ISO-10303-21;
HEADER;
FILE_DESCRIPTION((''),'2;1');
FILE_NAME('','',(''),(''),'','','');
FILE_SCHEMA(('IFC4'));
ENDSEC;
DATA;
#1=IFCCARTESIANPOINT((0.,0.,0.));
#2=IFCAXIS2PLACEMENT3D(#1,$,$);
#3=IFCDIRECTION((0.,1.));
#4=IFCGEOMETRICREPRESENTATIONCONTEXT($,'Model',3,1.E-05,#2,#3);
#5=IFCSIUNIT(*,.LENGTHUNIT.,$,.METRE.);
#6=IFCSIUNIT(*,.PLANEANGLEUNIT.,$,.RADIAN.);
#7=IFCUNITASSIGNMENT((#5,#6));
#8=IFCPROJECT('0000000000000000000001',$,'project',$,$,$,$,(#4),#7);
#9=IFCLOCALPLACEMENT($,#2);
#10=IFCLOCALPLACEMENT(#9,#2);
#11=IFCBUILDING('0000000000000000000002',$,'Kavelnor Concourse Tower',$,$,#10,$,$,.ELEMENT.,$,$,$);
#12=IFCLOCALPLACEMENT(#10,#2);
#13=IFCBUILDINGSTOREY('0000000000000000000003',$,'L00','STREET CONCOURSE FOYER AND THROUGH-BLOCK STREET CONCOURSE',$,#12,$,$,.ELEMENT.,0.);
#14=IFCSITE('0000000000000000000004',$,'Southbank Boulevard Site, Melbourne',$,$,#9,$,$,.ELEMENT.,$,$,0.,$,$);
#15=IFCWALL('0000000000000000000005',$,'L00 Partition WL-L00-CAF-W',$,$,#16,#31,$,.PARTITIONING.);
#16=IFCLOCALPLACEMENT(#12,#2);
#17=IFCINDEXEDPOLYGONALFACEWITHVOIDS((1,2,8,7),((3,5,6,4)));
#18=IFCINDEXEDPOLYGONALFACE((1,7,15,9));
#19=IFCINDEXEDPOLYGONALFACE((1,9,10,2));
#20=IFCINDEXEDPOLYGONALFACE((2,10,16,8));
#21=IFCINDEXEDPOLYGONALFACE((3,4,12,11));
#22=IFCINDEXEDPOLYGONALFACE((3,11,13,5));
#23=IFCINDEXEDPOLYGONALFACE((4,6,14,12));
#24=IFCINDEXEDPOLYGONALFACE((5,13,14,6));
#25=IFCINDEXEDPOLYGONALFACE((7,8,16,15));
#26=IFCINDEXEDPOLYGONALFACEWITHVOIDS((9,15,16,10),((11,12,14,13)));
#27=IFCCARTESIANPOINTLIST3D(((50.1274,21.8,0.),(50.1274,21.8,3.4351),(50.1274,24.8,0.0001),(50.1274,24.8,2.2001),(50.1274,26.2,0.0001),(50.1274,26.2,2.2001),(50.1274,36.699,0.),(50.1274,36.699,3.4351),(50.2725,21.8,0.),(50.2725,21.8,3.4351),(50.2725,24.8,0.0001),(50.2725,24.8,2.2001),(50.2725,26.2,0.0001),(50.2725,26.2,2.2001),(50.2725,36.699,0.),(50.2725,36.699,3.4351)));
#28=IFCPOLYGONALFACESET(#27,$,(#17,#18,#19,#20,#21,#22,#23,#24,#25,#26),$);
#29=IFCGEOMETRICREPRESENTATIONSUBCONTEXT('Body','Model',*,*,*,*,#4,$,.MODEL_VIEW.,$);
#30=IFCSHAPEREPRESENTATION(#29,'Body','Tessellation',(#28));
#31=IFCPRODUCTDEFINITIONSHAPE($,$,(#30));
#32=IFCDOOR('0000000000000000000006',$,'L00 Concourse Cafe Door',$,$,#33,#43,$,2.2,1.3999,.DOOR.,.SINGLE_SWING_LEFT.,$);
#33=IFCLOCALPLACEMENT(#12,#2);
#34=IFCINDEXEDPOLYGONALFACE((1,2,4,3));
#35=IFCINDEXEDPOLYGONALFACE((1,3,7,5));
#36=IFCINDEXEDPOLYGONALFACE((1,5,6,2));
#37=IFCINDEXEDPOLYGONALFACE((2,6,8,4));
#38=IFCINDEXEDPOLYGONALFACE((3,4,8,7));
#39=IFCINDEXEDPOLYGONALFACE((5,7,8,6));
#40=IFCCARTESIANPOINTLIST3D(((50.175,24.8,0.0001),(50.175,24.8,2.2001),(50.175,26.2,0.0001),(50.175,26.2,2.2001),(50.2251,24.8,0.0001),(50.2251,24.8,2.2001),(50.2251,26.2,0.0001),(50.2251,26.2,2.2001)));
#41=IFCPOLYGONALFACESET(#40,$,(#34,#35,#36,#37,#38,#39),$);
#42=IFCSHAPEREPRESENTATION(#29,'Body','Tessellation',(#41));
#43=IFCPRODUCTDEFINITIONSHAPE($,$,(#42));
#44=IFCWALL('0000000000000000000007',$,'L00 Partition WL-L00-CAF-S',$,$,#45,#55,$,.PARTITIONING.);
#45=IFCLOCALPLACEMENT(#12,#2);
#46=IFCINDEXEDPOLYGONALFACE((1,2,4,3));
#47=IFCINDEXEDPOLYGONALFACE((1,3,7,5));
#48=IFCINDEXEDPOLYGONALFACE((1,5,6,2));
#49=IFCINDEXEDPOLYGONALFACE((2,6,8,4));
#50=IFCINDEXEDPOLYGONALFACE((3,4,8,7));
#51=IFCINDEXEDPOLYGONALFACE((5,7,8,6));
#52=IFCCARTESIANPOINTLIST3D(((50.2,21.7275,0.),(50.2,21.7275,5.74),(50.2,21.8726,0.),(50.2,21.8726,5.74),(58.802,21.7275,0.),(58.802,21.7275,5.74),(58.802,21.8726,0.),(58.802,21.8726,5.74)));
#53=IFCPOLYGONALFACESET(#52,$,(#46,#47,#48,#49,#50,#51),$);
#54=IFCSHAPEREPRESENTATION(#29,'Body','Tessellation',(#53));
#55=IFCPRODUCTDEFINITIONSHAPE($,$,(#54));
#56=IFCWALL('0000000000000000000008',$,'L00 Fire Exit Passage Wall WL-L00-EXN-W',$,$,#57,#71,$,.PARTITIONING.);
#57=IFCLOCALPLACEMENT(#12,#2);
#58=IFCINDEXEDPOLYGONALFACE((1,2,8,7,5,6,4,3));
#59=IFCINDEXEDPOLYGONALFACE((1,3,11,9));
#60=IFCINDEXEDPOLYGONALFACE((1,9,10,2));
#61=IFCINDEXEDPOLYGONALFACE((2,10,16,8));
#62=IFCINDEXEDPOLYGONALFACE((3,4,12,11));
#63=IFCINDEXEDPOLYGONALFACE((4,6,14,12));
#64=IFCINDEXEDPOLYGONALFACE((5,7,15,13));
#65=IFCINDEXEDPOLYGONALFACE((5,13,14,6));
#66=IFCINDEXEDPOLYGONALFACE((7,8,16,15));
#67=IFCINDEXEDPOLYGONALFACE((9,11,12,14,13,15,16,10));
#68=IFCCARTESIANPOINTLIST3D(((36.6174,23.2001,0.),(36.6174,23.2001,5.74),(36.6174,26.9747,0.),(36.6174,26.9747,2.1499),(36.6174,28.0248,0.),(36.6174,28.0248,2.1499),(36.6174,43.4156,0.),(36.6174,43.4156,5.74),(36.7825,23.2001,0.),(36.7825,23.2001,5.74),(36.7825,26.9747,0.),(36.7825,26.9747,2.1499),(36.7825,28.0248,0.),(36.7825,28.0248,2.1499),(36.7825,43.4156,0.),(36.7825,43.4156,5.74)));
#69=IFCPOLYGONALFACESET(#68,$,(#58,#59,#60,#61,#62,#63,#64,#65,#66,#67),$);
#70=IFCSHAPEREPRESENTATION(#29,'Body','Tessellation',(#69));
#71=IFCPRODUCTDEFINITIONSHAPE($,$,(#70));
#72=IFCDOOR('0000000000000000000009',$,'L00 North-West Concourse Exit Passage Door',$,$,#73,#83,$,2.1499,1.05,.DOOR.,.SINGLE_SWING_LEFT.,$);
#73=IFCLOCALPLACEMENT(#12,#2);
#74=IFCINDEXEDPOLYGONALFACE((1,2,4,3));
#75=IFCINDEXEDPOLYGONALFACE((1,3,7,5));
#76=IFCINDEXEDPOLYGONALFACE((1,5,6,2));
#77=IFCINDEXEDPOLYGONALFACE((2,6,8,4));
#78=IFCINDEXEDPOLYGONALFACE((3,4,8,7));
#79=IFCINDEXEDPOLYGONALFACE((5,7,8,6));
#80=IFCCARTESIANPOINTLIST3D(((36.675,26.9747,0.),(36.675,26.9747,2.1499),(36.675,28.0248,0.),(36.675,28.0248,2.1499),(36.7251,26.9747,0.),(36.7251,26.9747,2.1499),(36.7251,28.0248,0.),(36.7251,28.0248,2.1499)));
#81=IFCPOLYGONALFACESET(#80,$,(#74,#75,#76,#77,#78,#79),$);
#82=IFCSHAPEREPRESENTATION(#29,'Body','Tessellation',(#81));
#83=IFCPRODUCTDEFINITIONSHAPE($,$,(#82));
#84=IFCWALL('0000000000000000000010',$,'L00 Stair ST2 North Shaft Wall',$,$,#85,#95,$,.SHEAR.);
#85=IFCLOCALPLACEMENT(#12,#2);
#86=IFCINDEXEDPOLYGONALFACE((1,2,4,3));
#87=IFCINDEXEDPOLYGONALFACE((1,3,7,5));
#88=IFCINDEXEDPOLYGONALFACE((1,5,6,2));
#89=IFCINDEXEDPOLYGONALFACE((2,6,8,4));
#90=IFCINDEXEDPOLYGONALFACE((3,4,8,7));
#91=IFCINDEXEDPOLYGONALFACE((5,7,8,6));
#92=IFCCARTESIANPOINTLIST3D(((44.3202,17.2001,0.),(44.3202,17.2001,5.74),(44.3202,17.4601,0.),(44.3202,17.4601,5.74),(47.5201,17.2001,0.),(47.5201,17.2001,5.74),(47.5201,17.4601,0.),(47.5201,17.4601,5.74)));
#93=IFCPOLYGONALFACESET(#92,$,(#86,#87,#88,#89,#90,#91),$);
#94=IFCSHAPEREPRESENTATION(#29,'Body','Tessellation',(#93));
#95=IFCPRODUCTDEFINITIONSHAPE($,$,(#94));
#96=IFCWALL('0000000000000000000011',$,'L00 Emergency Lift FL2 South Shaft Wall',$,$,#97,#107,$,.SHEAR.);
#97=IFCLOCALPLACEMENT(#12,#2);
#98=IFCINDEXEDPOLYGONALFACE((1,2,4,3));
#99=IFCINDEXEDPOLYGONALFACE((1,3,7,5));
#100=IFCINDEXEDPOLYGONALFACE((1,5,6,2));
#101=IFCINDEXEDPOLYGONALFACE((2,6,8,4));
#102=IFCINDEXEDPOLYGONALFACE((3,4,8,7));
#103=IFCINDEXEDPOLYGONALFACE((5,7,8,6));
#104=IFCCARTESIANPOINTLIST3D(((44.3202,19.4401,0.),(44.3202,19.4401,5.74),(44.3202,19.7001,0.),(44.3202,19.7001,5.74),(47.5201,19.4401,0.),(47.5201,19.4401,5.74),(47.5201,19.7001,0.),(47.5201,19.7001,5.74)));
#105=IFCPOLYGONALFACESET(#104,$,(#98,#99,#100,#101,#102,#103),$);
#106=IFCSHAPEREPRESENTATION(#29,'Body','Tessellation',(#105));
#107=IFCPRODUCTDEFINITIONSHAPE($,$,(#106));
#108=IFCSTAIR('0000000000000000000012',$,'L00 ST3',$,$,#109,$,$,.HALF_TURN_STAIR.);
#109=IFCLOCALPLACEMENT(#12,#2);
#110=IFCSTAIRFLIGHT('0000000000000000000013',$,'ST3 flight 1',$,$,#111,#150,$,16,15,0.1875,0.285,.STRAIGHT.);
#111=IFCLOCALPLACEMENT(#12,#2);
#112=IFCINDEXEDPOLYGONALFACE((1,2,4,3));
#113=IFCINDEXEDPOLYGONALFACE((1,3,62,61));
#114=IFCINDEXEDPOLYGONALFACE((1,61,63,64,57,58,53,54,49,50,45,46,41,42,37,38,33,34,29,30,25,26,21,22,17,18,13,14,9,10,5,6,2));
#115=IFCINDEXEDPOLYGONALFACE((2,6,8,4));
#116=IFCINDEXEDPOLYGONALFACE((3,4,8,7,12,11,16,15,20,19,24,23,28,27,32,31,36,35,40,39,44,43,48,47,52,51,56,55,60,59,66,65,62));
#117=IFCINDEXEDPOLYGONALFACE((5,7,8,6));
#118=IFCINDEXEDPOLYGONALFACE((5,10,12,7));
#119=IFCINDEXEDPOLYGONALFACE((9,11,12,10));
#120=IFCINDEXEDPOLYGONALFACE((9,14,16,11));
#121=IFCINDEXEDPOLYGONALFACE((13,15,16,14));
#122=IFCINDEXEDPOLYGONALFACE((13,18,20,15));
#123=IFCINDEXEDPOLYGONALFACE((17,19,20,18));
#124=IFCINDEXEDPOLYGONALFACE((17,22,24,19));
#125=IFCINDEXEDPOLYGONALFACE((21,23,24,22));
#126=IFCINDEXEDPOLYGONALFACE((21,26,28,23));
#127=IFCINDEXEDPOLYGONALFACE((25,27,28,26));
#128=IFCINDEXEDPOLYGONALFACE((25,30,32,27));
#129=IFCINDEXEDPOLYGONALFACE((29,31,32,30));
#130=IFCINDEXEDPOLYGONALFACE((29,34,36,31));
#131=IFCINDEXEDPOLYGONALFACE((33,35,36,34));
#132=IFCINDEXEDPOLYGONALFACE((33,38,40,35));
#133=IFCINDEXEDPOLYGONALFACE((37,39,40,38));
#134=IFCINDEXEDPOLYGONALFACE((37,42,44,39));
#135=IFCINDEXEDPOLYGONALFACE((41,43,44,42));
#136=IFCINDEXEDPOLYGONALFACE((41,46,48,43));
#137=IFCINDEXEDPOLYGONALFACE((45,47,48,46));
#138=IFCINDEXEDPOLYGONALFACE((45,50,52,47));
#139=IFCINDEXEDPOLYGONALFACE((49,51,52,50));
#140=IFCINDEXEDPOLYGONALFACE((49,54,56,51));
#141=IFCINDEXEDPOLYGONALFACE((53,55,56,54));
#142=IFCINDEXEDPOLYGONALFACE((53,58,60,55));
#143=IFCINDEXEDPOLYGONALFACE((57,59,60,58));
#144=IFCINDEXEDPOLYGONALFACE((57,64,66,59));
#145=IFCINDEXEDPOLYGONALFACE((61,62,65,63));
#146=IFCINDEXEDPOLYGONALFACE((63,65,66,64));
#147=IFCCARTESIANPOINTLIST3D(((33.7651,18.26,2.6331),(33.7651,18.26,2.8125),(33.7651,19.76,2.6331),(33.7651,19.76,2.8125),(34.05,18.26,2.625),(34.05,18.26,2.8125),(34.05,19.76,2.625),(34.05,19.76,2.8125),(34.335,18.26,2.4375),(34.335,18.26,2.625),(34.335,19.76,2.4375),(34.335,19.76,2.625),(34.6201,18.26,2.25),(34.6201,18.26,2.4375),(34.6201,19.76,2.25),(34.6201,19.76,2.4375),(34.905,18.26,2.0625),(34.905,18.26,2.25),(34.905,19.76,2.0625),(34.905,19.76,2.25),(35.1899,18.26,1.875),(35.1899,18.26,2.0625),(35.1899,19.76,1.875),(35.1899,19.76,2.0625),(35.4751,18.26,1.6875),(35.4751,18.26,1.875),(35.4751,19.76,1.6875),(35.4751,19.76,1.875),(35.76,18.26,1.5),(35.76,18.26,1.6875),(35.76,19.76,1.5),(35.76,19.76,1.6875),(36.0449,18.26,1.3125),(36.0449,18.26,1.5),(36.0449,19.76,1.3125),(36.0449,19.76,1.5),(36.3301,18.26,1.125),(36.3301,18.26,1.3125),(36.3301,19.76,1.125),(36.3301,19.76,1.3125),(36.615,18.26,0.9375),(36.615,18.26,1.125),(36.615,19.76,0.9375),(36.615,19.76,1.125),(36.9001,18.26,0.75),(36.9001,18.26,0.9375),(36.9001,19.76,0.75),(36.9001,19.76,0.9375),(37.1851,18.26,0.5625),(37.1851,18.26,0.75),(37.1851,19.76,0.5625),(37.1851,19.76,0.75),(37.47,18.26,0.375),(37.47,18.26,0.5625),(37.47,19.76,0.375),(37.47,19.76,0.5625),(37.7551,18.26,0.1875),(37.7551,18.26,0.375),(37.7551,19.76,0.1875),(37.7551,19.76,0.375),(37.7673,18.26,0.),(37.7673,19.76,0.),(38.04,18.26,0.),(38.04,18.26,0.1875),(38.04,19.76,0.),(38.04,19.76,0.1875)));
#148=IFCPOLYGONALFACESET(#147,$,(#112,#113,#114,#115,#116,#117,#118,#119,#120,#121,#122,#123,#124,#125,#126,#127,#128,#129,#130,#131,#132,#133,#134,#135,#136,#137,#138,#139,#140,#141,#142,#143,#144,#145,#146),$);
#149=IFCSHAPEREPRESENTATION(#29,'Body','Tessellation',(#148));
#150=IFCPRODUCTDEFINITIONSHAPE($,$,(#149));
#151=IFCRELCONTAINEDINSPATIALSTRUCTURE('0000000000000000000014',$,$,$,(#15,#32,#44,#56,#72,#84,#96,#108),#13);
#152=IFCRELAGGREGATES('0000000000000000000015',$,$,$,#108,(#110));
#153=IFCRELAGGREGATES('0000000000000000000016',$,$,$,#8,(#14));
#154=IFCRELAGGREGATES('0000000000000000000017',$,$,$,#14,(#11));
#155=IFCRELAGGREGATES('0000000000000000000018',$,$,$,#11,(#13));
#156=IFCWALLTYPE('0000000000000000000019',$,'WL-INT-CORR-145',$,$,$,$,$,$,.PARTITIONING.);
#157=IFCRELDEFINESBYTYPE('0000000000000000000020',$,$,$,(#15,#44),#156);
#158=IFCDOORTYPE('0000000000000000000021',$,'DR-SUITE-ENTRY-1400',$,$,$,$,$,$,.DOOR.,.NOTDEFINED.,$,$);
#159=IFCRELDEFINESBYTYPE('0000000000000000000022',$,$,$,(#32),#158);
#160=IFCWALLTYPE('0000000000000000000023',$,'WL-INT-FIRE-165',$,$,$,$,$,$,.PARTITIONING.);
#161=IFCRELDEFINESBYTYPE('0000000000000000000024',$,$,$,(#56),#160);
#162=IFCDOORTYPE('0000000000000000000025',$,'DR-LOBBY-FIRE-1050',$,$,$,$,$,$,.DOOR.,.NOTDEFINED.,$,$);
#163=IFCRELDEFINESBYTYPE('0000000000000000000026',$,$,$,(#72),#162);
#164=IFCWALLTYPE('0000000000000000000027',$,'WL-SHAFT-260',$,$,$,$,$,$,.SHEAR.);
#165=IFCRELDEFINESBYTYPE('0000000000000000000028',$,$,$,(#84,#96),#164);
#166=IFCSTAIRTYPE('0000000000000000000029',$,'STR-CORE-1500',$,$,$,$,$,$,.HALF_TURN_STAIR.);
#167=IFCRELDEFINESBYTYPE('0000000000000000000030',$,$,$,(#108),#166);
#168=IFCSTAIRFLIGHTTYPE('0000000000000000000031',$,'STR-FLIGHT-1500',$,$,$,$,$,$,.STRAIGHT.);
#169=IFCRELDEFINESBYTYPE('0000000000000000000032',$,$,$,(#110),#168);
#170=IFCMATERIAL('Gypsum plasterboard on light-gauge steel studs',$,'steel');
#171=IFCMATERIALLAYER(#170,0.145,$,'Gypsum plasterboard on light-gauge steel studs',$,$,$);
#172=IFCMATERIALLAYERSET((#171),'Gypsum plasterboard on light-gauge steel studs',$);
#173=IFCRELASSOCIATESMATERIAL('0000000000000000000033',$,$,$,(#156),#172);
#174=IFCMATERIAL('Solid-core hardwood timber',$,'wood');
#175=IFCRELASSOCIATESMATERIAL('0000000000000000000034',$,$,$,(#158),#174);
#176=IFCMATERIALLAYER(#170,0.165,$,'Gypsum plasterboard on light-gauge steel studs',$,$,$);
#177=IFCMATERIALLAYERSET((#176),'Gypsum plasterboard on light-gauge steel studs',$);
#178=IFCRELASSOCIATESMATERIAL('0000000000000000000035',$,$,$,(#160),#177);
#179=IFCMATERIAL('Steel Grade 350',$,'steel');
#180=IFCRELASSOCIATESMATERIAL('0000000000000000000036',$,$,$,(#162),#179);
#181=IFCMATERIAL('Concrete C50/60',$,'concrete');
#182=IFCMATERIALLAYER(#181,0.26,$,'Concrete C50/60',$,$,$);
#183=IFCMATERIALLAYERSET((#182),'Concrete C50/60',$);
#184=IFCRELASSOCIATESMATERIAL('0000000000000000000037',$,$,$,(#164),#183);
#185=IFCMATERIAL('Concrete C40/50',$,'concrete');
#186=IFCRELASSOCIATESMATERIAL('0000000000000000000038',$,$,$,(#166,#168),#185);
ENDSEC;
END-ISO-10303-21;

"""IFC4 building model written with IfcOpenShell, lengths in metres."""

from ifc_helpers import new_model, si_unit, direction, frame, frame_2d, origin, place, context, subcontext, project, spatial, polyline, rectangle, outline, extrude, material, layer, layer_set, type_object, element, fill, aggregate, save


model = new_model("IFC4")

# Units and contexts
model_context = context("Model", 3, precision=1e-05, world=origin(), true_north=direction((0.0, 1.0)))
body_context = subcontext(model_context, "Body", "Model", "MODEL_VIEW")
ifc_project = project(units=[si_unit("LENGTHUNIT", "METRE"), si_unit("PLANEANGLEUNIT", "RADIAN")], contexts=[model_context])

# Site, building, storey
site_placement = place(None, origin())
site = spatial("IfcSite", under=ifc_project, at=site_placement, Name="Southbank Boulevard Site, Melbourne", CompositionType="ELEMENT", RefElevation=0.0)
building_placement = place(site_placement, origin())
building = spatial("IfcBuilding", under=site, at=building_placement, Name="Kavelnor Concourse Tower", CompositionType="ELEMENT")
storey_placement = place(building_placement, origin())
storey = spatial("IfcBuildingStorey", under=building, at=storey_placement, Name="L00", Description="STREET CONCOURSE FOYER AND THROUGH-BLOCK STREET CONCOURSE", CompositionType="ELEMENT", Elevation=0.0)

# Shared definitions
ifc_material_1 = material(Name="Steel Grade 350", Category="steel")

# Wall, opening, door
ifc_material_2 = material(Name="Gypsum plasterboard on light-gauge steel studs", Category="steel")
ifc_layer_1 = layer(ifc_material_2, 0.145, Name="Gypsum plasterboard on light-gauge steel studs")
ifc_layer_set_1 = layer_set([ifc_layer_1], Name="Gypsum plasterboard on light-gauge steel studs")
wall_type_1 = type_object("IfcWallType", Name="WL-INT-CORR-145", PredefinedType="PARTITIONING", material=ifc_layer_set_1)
wall_1_placement = place(storey_placement, frame((50.2, 21.8, 0.0), z_axis=(0.0, 0.0, 1.0), x_axis=(0.0, 1.0, 0.0)))
wall_1 = element("IfcWall", 1, at=wall_1_placement, inside=storey, type_object=wall_type_1, Name="L00 Partition WL-L00-CAF-W", PredefinedType="PARTITIONING", context=body_context, shape_type="SweptSolid", body=[
    extrude(rectangle(XDim=14.8989, YDim=0.145, at=frame_2d((7.4495, 0.0))), origin(), (0.0, 0.0, 1.0), 3.4351),
])
opening_1_placement = place(wall_1_placement, frame((3.0, 0.0, 0.0)))
opening_1 = element("IfcOpeningElement", 2, at=opening_1_placement, cuts=wall_1, PredefinedType="OPENING", context=body_context, shape_type="SweptSolid", body=[
    extrude(rectangle(XDim=1.3999, YDim=2.2, at=frame_2d((0.7, 1.1001))), frame((0.0, 0.0825, 0.0), z_axis=(0.0, -1.0, 0.0), x_axis=(1.0, 0.0, 0.0)), (0.0, 0.0, 1.0), 0.165),
])
ifc_material_3 = material(Name="Solid-core hardwood timber", Category="wood")
door_type_1 = type_object("IfcDoorType", Name="DR-SUITE-ENTRY-1400", OperationType="NOTDEFINED", PredefinedType="DOOR", material=ifc_material_3)
door_1_placement = place(opening_1_placement, origin())
door_1 = element("IfcDoor", 3, at=door_1_placement, inside=storey, type_object=door_type_1, Name="L00 Concourse Cafe Door", OperationType="SINGLE_SWING_LEFT", OverallHeight=2.2, OverallWidth=1.3999, PredefinedType="DOOR", context=body_context, shape_type="SweptSolid", body=[
    extrude(rectangle(XDim=1.3999, YDim=2.2, at=frame_2d((0.7, 1.1001))), frame((0.0, 0.0249, 0.0), z_axis=(0.0, -1.0, 0.0), x_axis=(1.0, 0.0, 0.0)), (0.0, 0.0, 1.0), 0.05),
])
fill(opening_1, door_1)

# Wall
wall_2_placement = place(storey_placement, frame((50.2, 21.8, 0.0), z_axis=(0.0, 0.0, 1.0), x_axis=(1.0, 0.0, 0.0)))
element("IfcWall", 4, at=wall_2_placement, inside=storey, type_object=wall_type_1, Name="L00 Partition WL-L00-CAF-S", PredefinedType="PARTITIONING", context=body_context, shape_type="SweptSolid", body=[
    extrude(rectangle(XDim=8.6021, YDim=0.145, at=frame_2d((4.301, 0.0))), origin(), (0.0, 0.0, 1.0), 5.74),
])

# Wall, opening, door
ifc_layer_2 = layer(ifc_material_2, 0.165, Name="Gypsum plasterboard on light-gauge steel studs")
ifc_layer_set_2 = layer_set([ifc_layer_2], Name="Gypsum plasterboard on light-gauge steel studs")
wall_type_2 = type_object("IfcWallType", Name="WL-INT-FIRE-165", PredefinedType="PARTITIONING", material=ifc_layer_set_2)
wall_3_placement = place(storey_placement, frame((36.7, 23.2, 0.0), z_axis=(0.0, 0.0, 1.0), x_axis=(0.0, 1.0, 0.0)))
wall_3 = element("IfcWall", 5, at=wall_3_placement, inside=storey, type_object=wall_type_2, Name="L00 Fire Exit Passage Wall WL-L00-EXN-W", PredefinedType="PARTITIONING", context=body_context, shape_type="SweptSolid", body=[
    extrude(rectangle(XDim=20.2156, YDim=0.165, at=frame_2d((10.1079, 0.0))), origin(), (0.0, 0.0, 1.0), 5.74),
])
opening_2_placement = place(wall_3_placement, frame((3.7749, 0.0, 0.0)))
opening_2 = element("IfcOpeningElement", 6, at=opening_2_placement, cuts=wall_3, PredefinedType="OPENING", context=body_context, shape_type="SweptSolid", body=[
    extrude(rectangle(XDim=1.05, YDim=2.1499, at=frame_2d((0.5249, 1.075))), frame((0.0, 0.0925, 0.0), z_axis=(0.0, -1.0, 0.0), x_axis=(1.0, 0.0, 0.0)), (0.0, 0.0, 1.0), 0.1851),
])
door_type_2 = type_object("IfcDoorType", Name="DR-LOBBY-FIRE-1050", OperationType="NOTDEFINED", PredefinedType="DOOR", material=ifc_material_1)
door_2_placement = place(opening_2_placement, origin())
door_2 = element("IfcDoor", 7, at=door_2_placement, inside=storey, type_object=door_type_2, Name="L00 North-West Concourse Exit Passage Door", OperationType="SINGLE_SWING_LEFT", OverallHeight=2.1499, OverallWidth=1.05, PredefinedType="DOOR", context=body_context, shape_type="SweptSolid", body=[
    extrude(rectangle(XDim=1.05, YDim=2.1499, at=frame_2d((0.5249, 1.075))), frame((0.0, 0.0249, 0.0), z_axis=(0.0, -1.0, 0.0), x_axis=(1.0, 0.0, 0.0)), (0.0, 0.0, 1.0), 0.05),
])
fill(opening_2, door_2)

# Walls
ifc_material_4 = material(Name="Concrete C50/60", Category="concrete")
ifc_layer_3 = layer(ifc_material_4, 0.26, Name="Concrete C50/60")
ifc_layer_set_3 = layer_set([ifc_layer_3], Name="Concrete C50/60")
wall_type_3 = type_object("IfcWallType", Name="WL-SHAFT-260", PredefinedType="SHEAR", material=ifc_layer_set_3)
for number, where, z_axis, x_axis, name in (
    (8, (44.3201, 17.3301, 0.0), (0.0, 0.0, 1.0), (1.0, 0.0, 0.0), "L00 Stair ST2 North Shaft Wall"),
    (9, (44.3201, 19.5701, 0.0), (0.0, 0.0, 1.0), (1.0, 0.0, 0.0), "L00 Emergency Lift FL2 South Shaft Wall"),
):
    element("IfcWall", number, at=place(storey_placement, frame(where, z_axis=z_axis, x_axis=x_axis)), inside=storey, type_object=wall_type_3, Name=name, PredefinedType="SHEAR", context=body_context, shape_type="SweptSolid", body=[
        extrude(rectangle(XDim=3.2, YDim=0.26, at=frame_2d((1.6001, 0.0))), origin(), (0.0, 0.0, 1.0), 5.74),
    ])

# Stair, stair flight
ifc_material_5 = material(Name="Concrete C40/50", Category="concrete")
stair_type = type_object("IfcStairType", Name="STR-CORE-1500", PredefinedType="HALF_TURN_STAIR", material=ifc_material_5)
stair_placement = place(storey_placement, origin())
stair = element("IfcStair", 10, at=stair_placement, inside=storey, type_object=stair_type, Name="L00 ST3", PredefinedType="HALF_TURN_STAIR")
stair_flight_type = type_object("IfcStairFlightType", Name="STR-FLIGHT-1500", PredefinedType="STRAIGHT", material=ifc_material_5)
stair_flight_placement = place(storey_placement, frame((38.04, 19.01, 0.0), z_axis=(0.0, 0.0, 1.0), x_axis=(-1.0, 0.0, 0.0)))
stair_flight = element("IfcStairFlight", 11, at=stair_flight_placement, type_object=stair_flight_type, Name="ST3 flight 1", NumberOfRisers=16, NumberOfTreads=15, PredefinedType="STRAIGHT", RiserHeight=0.1875, TreadLength=0.285, context=body_context, shape_type="SweptSolid", body=[
    extrude(outline(polyline([(0.0, 0.0), (0.0, 0.1875), (0.2849, 0.1875), (0.2849, 0.375), (0.5701, 0.375), (0.5701, 0.5625), (0.855, 0.5625), (0.855, 0.75), (1.1399, 0.75), (1.1399, 0.9375), (1.425, 0.9375), (1.425, 1.125), (1.71, 1.125), (1.71, 1.3125), (1.9951, 1.3125), (1.9951, 1.5), (2.28, 1.5), (2.28, 1.6875), (2.5649, 1.6875), (2.5649, 1.875), (2.8501, 1.875), (2.8501, 2.0625), (3.135, 2.0625), (3.135, 2.25), (3.4199, 2.25), (3.4199, 2.4375), (3.7051, 2.4375), (3.7051, 2.625), (3.99, 2.625), (3.99, 2.8125), (4.2749, 2.8125), (4.2749, 3.0), (4.2749, 2.6331), (0.2727, 0.0), (0.0, 0.0)])), frame((0.0, 0.75, 0.0), z_axis=(0.0, -1.0, 0.0), x_axis=(1.0, 0.0, 0.0)), (0.0, 0.0, 1.0), 1.5),
])
aggregate(stair, [stair_flight])

save(model, "model.ifc")
